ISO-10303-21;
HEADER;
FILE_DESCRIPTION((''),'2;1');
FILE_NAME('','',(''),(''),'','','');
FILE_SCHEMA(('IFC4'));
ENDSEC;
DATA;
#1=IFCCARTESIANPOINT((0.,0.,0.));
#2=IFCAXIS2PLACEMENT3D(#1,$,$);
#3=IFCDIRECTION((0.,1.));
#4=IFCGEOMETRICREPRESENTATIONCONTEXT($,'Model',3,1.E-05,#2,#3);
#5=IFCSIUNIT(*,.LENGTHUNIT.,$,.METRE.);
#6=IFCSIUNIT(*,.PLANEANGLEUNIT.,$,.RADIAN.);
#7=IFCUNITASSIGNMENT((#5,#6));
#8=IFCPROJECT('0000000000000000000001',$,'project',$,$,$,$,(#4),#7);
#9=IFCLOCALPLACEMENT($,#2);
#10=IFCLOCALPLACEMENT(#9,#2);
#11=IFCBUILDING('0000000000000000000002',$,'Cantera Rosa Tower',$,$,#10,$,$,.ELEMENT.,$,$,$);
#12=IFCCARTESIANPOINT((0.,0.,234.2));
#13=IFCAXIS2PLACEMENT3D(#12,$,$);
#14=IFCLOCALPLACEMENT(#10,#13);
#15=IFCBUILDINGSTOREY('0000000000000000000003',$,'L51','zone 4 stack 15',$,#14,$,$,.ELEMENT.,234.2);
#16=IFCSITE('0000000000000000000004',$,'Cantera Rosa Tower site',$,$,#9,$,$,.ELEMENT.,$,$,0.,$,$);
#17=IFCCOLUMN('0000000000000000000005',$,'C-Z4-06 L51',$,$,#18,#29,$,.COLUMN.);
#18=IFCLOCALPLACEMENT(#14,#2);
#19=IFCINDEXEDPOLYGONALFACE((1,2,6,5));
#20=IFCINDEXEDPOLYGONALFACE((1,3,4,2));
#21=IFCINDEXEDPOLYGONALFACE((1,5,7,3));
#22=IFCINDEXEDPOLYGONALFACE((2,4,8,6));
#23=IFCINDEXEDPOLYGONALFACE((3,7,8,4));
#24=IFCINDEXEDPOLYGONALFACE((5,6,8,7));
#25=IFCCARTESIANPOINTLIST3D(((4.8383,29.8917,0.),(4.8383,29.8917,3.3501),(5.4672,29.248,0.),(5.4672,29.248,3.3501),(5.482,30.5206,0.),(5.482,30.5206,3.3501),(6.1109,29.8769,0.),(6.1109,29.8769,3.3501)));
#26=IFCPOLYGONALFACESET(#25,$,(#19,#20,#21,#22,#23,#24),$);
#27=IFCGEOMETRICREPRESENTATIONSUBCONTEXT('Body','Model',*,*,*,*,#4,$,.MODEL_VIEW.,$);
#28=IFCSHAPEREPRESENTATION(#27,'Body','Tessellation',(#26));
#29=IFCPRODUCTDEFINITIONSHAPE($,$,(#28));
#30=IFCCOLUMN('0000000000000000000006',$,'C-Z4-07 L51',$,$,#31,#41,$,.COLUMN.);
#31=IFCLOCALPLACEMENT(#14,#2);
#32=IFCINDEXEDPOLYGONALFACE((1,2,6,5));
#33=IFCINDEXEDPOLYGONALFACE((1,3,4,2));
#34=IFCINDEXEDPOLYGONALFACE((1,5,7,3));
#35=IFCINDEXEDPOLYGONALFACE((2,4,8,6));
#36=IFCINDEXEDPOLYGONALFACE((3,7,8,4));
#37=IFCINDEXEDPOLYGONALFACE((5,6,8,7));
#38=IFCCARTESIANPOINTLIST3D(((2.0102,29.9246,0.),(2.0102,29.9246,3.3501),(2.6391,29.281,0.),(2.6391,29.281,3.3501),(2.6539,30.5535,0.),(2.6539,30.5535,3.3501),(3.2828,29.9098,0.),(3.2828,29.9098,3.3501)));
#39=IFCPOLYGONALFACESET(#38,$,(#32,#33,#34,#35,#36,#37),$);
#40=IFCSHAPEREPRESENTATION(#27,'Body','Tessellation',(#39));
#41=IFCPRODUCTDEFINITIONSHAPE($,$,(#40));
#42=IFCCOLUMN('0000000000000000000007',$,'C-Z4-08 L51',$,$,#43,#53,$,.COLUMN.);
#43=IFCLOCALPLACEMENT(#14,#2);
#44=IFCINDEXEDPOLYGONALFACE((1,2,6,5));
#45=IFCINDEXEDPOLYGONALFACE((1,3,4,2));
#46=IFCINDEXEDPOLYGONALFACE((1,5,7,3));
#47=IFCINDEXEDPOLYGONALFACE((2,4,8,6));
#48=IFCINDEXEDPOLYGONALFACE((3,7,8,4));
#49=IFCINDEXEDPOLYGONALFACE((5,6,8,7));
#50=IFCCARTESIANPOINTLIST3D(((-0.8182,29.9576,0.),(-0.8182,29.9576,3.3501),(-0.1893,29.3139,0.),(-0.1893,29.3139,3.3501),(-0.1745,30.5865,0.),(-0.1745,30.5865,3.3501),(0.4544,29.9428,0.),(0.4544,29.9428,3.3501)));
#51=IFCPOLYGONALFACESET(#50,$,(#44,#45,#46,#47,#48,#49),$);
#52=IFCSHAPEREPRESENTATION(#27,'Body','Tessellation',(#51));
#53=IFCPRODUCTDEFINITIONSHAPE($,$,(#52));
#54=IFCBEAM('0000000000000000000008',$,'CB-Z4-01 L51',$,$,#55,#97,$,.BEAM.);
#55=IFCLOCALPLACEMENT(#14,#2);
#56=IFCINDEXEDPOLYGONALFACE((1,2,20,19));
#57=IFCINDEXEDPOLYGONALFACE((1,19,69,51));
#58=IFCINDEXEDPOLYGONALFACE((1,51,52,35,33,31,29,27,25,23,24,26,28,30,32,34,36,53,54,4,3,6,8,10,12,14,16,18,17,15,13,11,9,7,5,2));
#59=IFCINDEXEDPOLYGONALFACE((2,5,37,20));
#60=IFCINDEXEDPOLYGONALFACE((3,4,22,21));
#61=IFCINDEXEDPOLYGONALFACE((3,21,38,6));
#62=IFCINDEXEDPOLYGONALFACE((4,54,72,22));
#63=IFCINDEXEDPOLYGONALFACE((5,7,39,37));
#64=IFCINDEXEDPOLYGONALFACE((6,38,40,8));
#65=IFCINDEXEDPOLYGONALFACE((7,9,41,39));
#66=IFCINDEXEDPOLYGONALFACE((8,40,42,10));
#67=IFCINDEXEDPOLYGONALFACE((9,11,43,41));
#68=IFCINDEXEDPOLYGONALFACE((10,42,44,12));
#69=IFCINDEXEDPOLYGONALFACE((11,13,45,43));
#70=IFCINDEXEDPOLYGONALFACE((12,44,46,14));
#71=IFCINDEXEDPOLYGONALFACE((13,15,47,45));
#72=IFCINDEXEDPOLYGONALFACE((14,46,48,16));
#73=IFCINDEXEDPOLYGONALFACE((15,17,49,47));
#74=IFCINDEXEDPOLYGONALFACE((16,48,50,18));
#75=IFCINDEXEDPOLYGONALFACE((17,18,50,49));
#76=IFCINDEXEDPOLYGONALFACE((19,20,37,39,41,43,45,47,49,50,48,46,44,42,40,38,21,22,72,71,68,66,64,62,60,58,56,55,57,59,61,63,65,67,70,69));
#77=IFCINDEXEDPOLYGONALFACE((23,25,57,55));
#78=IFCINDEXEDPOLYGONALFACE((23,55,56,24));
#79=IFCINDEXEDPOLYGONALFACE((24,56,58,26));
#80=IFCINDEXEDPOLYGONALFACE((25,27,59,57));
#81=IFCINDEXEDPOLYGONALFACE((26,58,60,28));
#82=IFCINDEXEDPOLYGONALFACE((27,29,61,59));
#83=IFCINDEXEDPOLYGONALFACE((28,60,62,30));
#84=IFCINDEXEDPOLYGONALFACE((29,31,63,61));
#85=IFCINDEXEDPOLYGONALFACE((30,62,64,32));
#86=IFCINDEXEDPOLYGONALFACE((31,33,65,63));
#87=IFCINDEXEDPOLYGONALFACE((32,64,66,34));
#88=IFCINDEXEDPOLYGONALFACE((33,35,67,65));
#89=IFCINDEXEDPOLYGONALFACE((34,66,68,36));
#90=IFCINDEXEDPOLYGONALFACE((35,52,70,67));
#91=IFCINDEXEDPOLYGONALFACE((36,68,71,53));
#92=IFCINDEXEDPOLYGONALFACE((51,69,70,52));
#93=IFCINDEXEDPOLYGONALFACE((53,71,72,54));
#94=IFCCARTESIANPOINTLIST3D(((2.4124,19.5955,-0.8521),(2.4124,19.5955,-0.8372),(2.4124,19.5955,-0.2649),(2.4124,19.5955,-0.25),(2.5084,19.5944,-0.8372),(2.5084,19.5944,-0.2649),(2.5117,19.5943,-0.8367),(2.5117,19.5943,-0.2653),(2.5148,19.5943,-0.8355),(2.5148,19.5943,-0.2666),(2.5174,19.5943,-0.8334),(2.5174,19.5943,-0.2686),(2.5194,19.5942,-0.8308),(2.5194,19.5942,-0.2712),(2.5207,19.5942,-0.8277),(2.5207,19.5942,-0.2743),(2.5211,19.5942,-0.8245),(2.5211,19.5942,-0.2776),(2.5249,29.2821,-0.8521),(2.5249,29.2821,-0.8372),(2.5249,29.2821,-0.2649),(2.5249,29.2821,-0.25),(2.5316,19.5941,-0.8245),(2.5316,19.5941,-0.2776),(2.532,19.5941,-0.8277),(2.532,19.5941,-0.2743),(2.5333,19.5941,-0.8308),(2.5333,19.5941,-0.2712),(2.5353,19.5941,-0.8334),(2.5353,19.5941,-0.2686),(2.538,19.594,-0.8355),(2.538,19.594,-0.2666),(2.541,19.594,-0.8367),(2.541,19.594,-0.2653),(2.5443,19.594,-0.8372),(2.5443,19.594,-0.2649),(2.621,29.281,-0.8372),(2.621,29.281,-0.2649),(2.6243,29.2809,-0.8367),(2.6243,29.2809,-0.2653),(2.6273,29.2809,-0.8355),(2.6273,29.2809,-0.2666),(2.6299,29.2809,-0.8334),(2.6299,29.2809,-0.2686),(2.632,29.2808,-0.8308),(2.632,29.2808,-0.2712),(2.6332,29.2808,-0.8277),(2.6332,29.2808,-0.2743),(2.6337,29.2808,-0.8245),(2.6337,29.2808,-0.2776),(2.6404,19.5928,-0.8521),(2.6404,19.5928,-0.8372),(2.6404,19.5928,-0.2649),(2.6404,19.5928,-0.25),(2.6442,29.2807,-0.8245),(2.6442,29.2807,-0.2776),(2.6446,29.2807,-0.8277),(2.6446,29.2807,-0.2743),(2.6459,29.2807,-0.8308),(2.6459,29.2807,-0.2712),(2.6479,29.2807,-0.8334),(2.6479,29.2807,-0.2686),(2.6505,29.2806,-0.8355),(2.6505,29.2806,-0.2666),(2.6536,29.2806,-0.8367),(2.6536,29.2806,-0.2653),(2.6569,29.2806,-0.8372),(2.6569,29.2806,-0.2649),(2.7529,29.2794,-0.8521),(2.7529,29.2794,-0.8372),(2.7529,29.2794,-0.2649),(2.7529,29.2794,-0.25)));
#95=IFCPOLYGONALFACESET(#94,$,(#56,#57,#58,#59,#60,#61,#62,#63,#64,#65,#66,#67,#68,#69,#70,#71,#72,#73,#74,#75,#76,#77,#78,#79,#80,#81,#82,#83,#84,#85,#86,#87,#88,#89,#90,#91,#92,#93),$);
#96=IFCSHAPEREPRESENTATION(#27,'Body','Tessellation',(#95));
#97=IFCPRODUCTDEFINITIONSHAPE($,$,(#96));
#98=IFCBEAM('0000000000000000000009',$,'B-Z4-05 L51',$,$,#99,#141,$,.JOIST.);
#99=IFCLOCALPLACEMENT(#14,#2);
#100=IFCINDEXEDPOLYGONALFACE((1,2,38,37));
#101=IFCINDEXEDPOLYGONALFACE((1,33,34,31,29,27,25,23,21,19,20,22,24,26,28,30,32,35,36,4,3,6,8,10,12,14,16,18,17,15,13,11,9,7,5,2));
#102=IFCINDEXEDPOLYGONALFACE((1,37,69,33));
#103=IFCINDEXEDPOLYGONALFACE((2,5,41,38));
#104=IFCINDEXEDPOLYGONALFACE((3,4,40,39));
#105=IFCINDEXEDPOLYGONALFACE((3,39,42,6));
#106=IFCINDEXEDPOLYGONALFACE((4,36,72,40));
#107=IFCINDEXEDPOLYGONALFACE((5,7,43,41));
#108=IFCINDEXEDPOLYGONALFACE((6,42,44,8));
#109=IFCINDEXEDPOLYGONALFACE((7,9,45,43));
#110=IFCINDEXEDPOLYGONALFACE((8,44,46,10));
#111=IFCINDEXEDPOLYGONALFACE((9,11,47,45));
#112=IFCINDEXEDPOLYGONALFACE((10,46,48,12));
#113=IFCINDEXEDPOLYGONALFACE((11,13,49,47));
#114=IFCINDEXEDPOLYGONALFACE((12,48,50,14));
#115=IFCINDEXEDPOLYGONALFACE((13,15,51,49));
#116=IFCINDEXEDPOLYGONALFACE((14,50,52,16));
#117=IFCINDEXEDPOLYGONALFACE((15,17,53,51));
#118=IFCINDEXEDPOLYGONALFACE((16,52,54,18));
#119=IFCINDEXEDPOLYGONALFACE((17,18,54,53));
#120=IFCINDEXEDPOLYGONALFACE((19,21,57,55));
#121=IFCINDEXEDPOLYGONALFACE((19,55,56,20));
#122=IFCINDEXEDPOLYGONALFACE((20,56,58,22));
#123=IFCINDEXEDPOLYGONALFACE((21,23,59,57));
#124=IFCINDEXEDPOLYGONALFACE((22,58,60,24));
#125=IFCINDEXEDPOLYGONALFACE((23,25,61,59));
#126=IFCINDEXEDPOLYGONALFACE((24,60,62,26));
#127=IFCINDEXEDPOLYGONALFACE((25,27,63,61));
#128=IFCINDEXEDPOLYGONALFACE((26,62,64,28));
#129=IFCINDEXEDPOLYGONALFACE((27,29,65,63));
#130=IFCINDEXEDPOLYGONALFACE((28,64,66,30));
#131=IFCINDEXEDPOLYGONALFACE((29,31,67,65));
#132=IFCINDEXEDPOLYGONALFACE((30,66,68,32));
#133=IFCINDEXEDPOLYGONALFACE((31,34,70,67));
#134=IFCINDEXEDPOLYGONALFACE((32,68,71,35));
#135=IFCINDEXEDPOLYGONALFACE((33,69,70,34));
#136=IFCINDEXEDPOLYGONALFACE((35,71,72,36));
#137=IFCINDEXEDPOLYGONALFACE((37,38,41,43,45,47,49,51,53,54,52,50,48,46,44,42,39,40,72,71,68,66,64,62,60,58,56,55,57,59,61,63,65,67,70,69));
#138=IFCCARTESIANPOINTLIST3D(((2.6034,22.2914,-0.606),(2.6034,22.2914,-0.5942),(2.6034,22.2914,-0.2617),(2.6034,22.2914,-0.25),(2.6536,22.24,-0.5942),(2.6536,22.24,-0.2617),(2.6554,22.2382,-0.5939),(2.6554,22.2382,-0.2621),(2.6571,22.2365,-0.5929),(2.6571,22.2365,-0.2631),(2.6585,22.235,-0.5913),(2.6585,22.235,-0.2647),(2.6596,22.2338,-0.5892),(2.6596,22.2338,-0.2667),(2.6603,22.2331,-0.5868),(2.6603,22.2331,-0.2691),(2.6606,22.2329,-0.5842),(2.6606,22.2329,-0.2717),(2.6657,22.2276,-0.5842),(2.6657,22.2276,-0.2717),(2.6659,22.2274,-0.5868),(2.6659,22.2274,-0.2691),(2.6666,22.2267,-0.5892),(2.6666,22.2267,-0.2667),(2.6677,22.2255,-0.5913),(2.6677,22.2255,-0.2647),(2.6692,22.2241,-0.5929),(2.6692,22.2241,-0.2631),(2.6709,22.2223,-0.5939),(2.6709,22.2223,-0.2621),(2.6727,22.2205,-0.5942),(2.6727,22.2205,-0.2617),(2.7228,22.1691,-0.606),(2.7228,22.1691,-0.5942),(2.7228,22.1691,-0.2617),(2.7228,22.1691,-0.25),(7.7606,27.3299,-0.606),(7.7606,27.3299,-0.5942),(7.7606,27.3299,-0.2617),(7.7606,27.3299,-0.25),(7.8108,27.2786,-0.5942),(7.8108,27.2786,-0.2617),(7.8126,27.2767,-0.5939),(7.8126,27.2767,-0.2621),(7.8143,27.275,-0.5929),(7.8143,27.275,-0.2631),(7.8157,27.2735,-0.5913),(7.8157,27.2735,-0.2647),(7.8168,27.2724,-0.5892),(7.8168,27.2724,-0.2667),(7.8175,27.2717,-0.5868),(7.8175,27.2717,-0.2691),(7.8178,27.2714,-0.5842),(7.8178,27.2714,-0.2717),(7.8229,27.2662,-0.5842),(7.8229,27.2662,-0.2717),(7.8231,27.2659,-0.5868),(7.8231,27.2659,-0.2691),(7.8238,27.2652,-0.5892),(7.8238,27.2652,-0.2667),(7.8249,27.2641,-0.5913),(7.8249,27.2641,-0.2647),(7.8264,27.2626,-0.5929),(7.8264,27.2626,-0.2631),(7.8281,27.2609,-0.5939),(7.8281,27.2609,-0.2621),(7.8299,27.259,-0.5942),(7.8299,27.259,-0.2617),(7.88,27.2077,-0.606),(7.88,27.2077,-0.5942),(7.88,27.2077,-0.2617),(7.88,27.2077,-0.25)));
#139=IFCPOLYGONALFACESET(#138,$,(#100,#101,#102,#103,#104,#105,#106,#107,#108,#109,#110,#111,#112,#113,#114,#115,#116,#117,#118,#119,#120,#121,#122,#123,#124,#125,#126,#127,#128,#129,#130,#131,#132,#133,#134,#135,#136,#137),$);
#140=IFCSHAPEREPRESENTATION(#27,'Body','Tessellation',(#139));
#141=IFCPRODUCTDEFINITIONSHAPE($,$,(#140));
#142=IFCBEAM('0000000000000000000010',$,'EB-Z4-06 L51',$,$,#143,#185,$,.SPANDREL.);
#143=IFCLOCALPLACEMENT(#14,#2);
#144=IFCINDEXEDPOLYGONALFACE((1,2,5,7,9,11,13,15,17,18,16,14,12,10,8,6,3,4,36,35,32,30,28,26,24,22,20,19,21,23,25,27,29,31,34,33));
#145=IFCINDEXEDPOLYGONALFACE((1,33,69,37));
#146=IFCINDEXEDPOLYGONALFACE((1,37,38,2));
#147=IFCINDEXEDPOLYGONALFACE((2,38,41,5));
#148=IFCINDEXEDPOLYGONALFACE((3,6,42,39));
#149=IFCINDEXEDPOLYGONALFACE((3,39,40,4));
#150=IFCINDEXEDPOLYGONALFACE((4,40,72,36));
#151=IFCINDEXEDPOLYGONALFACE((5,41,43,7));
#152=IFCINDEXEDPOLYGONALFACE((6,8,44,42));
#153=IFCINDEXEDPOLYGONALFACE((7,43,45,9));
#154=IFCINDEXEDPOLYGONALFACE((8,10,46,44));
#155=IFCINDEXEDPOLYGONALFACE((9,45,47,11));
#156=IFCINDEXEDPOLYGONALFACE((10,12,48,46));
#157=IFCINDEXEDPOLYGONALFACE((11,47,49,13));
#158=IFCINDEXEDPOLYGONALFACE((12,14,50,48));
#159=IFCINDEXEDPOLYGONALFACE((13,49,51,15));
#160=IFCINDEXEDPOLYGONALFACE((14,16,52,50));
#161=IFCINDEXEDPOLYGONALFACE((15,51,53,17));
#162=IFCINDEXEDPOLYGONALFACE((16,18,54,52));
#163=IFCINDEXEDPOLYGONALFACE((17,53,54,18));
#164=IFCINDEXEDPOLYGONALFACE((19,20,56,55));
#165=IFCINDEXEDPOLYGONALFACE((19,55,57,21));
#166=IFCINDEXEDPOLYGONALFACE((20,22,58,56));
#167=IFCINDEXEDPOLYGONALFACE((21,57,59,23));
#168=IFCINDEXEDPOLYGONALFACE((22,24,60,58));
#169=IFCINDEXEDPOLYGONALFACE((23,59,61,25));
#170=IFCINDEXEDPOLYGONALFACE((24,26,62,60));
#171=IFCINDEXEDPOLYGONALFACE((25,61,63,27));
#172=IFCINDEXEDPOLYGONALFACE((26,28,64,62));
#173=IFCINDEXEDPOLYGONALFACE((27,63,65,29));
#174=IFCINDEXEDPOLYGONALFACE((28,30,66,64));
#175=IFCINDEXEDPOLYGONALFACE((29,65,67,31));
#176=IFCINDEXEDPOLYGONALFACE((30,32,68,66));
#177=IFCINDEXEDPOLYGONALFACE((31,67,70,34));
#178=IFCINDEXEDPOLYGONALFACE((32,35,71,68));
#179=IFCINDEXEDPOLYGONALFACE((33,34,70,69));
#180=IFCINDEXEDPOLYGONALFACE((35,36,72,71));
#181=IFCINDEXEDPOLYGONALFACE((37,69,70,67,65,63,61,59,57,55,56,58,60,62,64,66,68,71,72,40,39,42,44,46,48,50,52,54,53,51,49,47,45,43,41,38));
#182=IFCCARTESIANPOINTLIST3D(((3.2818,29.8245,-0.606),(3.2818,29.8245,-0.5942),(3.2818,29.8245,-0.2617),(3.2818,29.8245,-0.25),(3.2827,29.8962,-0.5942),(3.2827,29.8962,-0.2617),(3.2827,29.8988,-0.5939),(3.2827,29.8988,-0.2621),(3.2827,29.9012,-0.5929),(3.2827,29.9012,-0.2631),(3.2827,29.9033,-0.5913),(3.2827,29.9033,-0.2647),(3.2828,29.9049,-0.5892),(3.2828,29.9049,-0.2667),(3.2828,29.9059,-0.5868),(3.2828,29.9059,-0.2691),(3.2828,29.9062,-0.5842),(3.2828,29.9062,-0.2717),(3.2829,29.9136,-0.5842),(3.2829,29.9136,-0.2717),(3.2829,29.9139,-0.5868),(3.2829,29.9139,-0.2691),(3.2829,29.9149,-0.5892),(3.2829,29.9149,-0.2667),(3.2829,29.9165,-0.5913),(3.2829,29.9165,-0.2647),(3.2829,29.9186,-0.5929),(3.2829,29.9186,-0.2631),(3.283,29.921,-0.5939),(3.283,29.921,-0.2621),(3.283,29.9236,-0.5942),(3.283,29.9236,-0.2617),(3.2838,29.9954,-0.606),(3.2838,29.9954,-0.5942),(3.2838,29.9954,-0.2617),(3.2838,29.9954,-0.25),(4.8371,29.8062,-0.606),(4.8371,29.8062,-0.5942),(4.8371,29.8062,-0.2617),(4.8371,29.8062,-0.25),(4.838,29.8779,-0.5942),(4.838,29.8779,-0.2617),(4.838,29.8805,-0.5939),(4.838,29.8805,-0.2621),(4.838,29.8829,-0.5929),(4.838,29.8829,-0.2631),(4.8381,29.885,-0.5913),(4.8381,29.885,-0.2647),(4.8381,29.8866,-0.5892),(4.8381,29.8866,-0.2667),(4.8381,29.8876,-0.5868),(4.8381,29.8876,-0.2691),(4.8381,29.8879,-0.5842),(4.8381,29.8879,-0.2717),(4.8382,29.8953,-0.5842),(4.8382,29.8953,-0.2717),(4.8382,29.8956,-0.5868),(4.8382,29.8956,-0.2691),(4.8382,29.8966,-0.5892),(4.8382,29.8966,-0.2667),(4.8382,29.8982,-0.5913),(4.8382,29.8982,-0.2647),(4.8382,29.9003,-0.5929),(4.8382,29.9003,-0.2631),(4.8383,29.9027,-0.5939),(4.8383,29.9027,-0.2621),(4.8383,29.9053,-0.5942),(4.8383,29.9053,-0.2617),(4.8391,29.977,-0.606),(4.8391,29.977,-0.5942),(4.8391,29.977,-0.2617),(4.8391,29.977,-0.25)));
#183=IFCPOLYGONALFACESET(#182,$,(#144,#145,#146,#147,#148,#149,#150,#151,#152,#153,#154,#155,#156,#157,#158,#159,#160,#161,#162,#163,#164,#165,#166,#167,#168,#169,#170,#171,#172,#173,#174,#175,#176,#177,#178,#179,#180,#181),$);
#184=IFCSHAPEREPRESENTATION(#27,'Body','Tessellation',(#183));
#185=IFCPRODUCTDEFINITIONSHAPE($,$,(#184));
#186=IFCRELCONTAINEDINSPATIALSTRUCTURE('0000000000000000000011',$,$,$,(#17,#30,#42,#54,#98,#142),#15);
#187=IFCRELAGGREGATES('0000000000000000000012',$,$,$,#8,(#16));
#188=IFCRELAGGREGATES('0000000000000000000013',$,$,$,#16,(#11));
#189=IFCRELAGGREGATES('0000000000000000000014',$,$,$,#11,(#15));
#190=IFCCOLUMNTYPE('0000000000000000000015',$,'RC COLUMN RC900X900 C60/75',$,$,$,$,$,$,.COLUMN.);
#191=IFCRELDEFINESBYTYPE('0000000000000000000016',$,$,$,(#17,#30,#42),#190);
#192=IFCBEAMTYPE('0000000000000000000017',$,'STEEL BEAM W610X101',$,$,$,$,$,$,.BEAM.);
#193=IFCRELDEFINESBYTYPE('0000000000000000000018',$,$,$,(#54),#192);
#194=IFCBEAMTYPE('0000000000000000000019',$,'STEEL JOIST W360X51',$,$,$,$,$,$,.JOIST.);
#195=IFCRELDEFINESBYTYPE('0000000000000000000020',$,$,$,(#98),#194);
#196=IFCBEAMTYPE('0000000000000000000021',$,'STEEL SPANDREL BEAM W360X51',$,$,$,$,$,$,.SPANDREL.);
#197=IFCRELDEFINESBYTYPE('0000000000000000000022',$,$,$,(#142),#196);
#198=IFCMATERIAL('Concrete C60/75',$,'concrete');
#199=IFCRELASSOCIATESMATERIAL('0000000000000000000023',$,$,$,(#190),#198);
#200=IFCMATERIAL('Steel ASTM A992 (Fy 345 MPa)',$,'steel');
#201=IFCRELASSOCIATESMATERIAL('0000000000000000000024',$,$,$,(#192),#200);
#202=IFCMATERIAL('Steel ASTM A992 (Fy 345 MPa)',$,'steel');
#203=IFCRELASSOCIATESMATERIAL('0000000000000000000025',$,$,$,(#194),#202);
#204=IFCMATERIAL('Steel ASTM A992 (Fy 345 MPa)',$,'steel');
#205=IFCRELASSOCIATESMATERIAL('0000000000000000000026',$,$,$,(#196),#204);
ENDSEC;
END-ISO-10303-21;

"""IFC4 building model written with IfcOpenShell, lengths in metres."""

from ifc_helpers import new_model, si_unit, direction, frame, origin, origin_2d, place, context, subcontext, project, spatial, rectangle, i_section, extrude, material, material_profile, profile_set, type_object, element, save


model = new_model("IFC4")

# Units and contexts
model_context = context("Model", 3, precision=1e-05, world=origin(), true_north=direction((0.0, 1.0)))
body_context = subcontext(model_context, "Body", "Model", "MODEL_VIEW")
ifc_project = project(units=[si_unit("LENGTHUNIT", "METRE"), si_unit("PLANEANGLEUNIT", "RADIAN")], contexts=[model_context])

# Site, building, storey
site_placement = place(None, origin())
site = spatial("IfcSite", under=ifc_project, at=site_placement, Name="Cantera Rosa Tower site", CompositionType="ELEMENT", RefElevation=0.0)
building_placement = place(site_placement, origin())
building = spatial("IfcBuilding", under=site, at=building_placement, Name="Cantera Rosa Tower", CompositionType="ELEMENT")
storey_placement = place(building_placement, frame((0.0, 0.0, 234.2)))
storey = spatial("IfcBuildingStorey", under=building, at=storey_placement, Name="L51", Description="zone 4 stack 15", CompositionType="ELEMENT", Elevation=234.2)

# Columns
ifc_material_1 = material(Name="Concrete C60/75", Category="concrete")
ifc_material_profile_1 = material_profile(ifc_material_1, rectangle(XDim=0.8999, YDim=0.8999, at=origin_2d()), Name="RC COLUMN RC900X900 C60/75")
ifc_profile_set_1 = profile_set([ifc_material_profile_1], Name="Concrete C60/75")
column_type = type_object("IfcColumnType", Name="RC COLUMN RC900X900 C60/75", PredefinedType="COLUMN", material=ifc_profile_set_1)
for number, where, z_axis, x_axis, name in (
    (1, (5.4746, 29.8843, 0.0), (0.0, 0.0, 1.0), (0.715286, 0.698832, 0.0), "C-Z4-06 L51"),
    (2, (2.6465, 29.9172, 0.0), (0.0, 0.0, 1.0), (0.715286, 0.698832, 0.0), "C-Z4-07 L51"),
    (3, (-0.1819, 29.9502, 0.0), (0.0, 0.0, 1.0), (0.715286, 0.698832, 0.0), "C-Z4-08 L51"),
):
    element("IfcColumn", number, at=place(storey_placement, frame(where, z_axis=z_axis, x_axis=x_axis)), inside=storey, type_object=column_type, Name=name, PredefinedType="COLUMN", context=body_context, shape_type="SweptSolid", body=[
        extrude(rectangle(XDim=0.8999, YDim=0.8999, at=origin_2d()), origin(), (0.0, 0.0, 1.0), 3.3501),
    ])

# Beams
ifc_material_2 = material(Name="Steel ASTM A992 (Fy 345 MPa)", Category="steel")
ifc_material_profile_2 = material_profile(ifc_material_2, i_section(OverallWidth=0.228, OverallDepth=0.6021, WebThickness=0.0105, FlangeThickness=0.0149, FilletRadius=0.0127, at=origin_2d()), Name="W610X101")
ifc_profile_set_2 = profile_set([ifc_material_profile_2], Name="Steel ASTM A992 (Fy 345 MPa)")
beam_type_1 = type_object("IfcBeamType", Name="STEEL BEAM W610X101", PredefinedType="BEAM", material=ifc_profile_set_2)
beam_1_placement = place(storey_placement, frame((2.6389, 29.2808, -0.551), z_axis=(-0.011618, -0.999933, 0.0), x_axis=(0.999933, -0.011618, 0.0)))
element("IfcBeam", 4, at=beam_1_placement, inside=storey, type_object=beam_type_1, Name="CB-Z4-01 L51", PredefinedType="BEAM", context=body_context, shape_type="SweptSolid", body=[
    extrude(i_section(OverallWidth=0.228, OverallDepth=0.6021, WebThickness=0.0105, FlangeThickness=0.0149, FilletRadius=0.0127, at=origin_2d()), origin(), (0.0, 0.0, 1.0), 9.6873),
])
ifc_material_3 = material(Name="Steel ASTM A992 (Fy 345 MPa)", Category="steel")
ifc_material_profile_3 = material_profile(ifc_material_3, i_section(OverallWidth=0.1709, OverallDepth=0.356, WebThickness=0.0073, FlangeThickness=0.0117, FilletRadius=0.01, at=origin_2d()), Name="W360X51")
ifc_profile_set_3 = profile_set([ifc_material_profile_3], Name="Steel ASTM A992 (Fy 345 MPa)")
beam_type_2 = type_object("IfcBeamType", Name="STEEL JOIST W360X51", PredefinedType="JOIST", material=ifc_profile_set_3)
beam_2_placement = place(storey_placement, frame((7.8203, 27.2688, -0.428), z_axis=(-0.715287, -0.698831, 0.0), x_axis=(0.698831, -0.715287, 0.0)))
element("IfcBeam", 5, at=beam_2_placement, inside=storey, type_object=beam_type_2, Name="B-Z4-05 L51", PredefinedType="JOIST", context=body_context, shape_type="SweptSolid", body=[
    extrude(i_section(OverallWidth=0.1709, OverallDepth=0.356, WebThickness=0.0073, FlangeThickness=0.0117, FilletRadius=0.01, at=origin_2d()), origin(), (0.0, 0.0, 1.0), 7.21),
])
ifc_material_4 = material(Name="Steel ASTM A992 (Fy 345 MPa)", Category="steel")
ifc_material_profile_4 = material_profile(ifc_material_4, i_section(OverallWidth=0.1709, OverallDepth=0.356, WebThickness=0.0073, FlangeThickness=0.0117, FilletRadius=0.01, at=origin_2d()), Name="W360X51")
ifc_profile_set_4 = profile_set([ifc_material_profile_4], Name="Steel ASTM A992 (Fy 345 MPa)")
beam_type_3 = type_object("IfcBeamType", Name="STEEL SPANDREL BEAM W360X51", PredefinedType="SPANDREL", material=ifc_profile_set_4)
for number, where, z_axis, x_axis, name in (
    (6, (4.8381, 29.8916, -0.428), (-0.999931, 0.011771, 0.0), (-0.011771, -0.999931, 0.0), "EB-Z4-06 L51"),
):
    element("IfcBeam", number, at=place(storey_placement, frame(where, z_axis=z_axis, x_axis=x_axis)), inside=storey, type_object=beam_type_3, Name=name, PredefinedType="SPANDREL", context=body_context, shape_type="SweptSolid", body=[
        extrude(i_section(OverallWidth=0.1709, OverallDepth=0.356, WebThickness=0.0073, FlangeThickness=0.0117, FilletRadius=0.01, at=origin_2d()), origin(), (0.0, 0.0, 1.0), 1.5554),
    ])

save(model, "model.ifc")
